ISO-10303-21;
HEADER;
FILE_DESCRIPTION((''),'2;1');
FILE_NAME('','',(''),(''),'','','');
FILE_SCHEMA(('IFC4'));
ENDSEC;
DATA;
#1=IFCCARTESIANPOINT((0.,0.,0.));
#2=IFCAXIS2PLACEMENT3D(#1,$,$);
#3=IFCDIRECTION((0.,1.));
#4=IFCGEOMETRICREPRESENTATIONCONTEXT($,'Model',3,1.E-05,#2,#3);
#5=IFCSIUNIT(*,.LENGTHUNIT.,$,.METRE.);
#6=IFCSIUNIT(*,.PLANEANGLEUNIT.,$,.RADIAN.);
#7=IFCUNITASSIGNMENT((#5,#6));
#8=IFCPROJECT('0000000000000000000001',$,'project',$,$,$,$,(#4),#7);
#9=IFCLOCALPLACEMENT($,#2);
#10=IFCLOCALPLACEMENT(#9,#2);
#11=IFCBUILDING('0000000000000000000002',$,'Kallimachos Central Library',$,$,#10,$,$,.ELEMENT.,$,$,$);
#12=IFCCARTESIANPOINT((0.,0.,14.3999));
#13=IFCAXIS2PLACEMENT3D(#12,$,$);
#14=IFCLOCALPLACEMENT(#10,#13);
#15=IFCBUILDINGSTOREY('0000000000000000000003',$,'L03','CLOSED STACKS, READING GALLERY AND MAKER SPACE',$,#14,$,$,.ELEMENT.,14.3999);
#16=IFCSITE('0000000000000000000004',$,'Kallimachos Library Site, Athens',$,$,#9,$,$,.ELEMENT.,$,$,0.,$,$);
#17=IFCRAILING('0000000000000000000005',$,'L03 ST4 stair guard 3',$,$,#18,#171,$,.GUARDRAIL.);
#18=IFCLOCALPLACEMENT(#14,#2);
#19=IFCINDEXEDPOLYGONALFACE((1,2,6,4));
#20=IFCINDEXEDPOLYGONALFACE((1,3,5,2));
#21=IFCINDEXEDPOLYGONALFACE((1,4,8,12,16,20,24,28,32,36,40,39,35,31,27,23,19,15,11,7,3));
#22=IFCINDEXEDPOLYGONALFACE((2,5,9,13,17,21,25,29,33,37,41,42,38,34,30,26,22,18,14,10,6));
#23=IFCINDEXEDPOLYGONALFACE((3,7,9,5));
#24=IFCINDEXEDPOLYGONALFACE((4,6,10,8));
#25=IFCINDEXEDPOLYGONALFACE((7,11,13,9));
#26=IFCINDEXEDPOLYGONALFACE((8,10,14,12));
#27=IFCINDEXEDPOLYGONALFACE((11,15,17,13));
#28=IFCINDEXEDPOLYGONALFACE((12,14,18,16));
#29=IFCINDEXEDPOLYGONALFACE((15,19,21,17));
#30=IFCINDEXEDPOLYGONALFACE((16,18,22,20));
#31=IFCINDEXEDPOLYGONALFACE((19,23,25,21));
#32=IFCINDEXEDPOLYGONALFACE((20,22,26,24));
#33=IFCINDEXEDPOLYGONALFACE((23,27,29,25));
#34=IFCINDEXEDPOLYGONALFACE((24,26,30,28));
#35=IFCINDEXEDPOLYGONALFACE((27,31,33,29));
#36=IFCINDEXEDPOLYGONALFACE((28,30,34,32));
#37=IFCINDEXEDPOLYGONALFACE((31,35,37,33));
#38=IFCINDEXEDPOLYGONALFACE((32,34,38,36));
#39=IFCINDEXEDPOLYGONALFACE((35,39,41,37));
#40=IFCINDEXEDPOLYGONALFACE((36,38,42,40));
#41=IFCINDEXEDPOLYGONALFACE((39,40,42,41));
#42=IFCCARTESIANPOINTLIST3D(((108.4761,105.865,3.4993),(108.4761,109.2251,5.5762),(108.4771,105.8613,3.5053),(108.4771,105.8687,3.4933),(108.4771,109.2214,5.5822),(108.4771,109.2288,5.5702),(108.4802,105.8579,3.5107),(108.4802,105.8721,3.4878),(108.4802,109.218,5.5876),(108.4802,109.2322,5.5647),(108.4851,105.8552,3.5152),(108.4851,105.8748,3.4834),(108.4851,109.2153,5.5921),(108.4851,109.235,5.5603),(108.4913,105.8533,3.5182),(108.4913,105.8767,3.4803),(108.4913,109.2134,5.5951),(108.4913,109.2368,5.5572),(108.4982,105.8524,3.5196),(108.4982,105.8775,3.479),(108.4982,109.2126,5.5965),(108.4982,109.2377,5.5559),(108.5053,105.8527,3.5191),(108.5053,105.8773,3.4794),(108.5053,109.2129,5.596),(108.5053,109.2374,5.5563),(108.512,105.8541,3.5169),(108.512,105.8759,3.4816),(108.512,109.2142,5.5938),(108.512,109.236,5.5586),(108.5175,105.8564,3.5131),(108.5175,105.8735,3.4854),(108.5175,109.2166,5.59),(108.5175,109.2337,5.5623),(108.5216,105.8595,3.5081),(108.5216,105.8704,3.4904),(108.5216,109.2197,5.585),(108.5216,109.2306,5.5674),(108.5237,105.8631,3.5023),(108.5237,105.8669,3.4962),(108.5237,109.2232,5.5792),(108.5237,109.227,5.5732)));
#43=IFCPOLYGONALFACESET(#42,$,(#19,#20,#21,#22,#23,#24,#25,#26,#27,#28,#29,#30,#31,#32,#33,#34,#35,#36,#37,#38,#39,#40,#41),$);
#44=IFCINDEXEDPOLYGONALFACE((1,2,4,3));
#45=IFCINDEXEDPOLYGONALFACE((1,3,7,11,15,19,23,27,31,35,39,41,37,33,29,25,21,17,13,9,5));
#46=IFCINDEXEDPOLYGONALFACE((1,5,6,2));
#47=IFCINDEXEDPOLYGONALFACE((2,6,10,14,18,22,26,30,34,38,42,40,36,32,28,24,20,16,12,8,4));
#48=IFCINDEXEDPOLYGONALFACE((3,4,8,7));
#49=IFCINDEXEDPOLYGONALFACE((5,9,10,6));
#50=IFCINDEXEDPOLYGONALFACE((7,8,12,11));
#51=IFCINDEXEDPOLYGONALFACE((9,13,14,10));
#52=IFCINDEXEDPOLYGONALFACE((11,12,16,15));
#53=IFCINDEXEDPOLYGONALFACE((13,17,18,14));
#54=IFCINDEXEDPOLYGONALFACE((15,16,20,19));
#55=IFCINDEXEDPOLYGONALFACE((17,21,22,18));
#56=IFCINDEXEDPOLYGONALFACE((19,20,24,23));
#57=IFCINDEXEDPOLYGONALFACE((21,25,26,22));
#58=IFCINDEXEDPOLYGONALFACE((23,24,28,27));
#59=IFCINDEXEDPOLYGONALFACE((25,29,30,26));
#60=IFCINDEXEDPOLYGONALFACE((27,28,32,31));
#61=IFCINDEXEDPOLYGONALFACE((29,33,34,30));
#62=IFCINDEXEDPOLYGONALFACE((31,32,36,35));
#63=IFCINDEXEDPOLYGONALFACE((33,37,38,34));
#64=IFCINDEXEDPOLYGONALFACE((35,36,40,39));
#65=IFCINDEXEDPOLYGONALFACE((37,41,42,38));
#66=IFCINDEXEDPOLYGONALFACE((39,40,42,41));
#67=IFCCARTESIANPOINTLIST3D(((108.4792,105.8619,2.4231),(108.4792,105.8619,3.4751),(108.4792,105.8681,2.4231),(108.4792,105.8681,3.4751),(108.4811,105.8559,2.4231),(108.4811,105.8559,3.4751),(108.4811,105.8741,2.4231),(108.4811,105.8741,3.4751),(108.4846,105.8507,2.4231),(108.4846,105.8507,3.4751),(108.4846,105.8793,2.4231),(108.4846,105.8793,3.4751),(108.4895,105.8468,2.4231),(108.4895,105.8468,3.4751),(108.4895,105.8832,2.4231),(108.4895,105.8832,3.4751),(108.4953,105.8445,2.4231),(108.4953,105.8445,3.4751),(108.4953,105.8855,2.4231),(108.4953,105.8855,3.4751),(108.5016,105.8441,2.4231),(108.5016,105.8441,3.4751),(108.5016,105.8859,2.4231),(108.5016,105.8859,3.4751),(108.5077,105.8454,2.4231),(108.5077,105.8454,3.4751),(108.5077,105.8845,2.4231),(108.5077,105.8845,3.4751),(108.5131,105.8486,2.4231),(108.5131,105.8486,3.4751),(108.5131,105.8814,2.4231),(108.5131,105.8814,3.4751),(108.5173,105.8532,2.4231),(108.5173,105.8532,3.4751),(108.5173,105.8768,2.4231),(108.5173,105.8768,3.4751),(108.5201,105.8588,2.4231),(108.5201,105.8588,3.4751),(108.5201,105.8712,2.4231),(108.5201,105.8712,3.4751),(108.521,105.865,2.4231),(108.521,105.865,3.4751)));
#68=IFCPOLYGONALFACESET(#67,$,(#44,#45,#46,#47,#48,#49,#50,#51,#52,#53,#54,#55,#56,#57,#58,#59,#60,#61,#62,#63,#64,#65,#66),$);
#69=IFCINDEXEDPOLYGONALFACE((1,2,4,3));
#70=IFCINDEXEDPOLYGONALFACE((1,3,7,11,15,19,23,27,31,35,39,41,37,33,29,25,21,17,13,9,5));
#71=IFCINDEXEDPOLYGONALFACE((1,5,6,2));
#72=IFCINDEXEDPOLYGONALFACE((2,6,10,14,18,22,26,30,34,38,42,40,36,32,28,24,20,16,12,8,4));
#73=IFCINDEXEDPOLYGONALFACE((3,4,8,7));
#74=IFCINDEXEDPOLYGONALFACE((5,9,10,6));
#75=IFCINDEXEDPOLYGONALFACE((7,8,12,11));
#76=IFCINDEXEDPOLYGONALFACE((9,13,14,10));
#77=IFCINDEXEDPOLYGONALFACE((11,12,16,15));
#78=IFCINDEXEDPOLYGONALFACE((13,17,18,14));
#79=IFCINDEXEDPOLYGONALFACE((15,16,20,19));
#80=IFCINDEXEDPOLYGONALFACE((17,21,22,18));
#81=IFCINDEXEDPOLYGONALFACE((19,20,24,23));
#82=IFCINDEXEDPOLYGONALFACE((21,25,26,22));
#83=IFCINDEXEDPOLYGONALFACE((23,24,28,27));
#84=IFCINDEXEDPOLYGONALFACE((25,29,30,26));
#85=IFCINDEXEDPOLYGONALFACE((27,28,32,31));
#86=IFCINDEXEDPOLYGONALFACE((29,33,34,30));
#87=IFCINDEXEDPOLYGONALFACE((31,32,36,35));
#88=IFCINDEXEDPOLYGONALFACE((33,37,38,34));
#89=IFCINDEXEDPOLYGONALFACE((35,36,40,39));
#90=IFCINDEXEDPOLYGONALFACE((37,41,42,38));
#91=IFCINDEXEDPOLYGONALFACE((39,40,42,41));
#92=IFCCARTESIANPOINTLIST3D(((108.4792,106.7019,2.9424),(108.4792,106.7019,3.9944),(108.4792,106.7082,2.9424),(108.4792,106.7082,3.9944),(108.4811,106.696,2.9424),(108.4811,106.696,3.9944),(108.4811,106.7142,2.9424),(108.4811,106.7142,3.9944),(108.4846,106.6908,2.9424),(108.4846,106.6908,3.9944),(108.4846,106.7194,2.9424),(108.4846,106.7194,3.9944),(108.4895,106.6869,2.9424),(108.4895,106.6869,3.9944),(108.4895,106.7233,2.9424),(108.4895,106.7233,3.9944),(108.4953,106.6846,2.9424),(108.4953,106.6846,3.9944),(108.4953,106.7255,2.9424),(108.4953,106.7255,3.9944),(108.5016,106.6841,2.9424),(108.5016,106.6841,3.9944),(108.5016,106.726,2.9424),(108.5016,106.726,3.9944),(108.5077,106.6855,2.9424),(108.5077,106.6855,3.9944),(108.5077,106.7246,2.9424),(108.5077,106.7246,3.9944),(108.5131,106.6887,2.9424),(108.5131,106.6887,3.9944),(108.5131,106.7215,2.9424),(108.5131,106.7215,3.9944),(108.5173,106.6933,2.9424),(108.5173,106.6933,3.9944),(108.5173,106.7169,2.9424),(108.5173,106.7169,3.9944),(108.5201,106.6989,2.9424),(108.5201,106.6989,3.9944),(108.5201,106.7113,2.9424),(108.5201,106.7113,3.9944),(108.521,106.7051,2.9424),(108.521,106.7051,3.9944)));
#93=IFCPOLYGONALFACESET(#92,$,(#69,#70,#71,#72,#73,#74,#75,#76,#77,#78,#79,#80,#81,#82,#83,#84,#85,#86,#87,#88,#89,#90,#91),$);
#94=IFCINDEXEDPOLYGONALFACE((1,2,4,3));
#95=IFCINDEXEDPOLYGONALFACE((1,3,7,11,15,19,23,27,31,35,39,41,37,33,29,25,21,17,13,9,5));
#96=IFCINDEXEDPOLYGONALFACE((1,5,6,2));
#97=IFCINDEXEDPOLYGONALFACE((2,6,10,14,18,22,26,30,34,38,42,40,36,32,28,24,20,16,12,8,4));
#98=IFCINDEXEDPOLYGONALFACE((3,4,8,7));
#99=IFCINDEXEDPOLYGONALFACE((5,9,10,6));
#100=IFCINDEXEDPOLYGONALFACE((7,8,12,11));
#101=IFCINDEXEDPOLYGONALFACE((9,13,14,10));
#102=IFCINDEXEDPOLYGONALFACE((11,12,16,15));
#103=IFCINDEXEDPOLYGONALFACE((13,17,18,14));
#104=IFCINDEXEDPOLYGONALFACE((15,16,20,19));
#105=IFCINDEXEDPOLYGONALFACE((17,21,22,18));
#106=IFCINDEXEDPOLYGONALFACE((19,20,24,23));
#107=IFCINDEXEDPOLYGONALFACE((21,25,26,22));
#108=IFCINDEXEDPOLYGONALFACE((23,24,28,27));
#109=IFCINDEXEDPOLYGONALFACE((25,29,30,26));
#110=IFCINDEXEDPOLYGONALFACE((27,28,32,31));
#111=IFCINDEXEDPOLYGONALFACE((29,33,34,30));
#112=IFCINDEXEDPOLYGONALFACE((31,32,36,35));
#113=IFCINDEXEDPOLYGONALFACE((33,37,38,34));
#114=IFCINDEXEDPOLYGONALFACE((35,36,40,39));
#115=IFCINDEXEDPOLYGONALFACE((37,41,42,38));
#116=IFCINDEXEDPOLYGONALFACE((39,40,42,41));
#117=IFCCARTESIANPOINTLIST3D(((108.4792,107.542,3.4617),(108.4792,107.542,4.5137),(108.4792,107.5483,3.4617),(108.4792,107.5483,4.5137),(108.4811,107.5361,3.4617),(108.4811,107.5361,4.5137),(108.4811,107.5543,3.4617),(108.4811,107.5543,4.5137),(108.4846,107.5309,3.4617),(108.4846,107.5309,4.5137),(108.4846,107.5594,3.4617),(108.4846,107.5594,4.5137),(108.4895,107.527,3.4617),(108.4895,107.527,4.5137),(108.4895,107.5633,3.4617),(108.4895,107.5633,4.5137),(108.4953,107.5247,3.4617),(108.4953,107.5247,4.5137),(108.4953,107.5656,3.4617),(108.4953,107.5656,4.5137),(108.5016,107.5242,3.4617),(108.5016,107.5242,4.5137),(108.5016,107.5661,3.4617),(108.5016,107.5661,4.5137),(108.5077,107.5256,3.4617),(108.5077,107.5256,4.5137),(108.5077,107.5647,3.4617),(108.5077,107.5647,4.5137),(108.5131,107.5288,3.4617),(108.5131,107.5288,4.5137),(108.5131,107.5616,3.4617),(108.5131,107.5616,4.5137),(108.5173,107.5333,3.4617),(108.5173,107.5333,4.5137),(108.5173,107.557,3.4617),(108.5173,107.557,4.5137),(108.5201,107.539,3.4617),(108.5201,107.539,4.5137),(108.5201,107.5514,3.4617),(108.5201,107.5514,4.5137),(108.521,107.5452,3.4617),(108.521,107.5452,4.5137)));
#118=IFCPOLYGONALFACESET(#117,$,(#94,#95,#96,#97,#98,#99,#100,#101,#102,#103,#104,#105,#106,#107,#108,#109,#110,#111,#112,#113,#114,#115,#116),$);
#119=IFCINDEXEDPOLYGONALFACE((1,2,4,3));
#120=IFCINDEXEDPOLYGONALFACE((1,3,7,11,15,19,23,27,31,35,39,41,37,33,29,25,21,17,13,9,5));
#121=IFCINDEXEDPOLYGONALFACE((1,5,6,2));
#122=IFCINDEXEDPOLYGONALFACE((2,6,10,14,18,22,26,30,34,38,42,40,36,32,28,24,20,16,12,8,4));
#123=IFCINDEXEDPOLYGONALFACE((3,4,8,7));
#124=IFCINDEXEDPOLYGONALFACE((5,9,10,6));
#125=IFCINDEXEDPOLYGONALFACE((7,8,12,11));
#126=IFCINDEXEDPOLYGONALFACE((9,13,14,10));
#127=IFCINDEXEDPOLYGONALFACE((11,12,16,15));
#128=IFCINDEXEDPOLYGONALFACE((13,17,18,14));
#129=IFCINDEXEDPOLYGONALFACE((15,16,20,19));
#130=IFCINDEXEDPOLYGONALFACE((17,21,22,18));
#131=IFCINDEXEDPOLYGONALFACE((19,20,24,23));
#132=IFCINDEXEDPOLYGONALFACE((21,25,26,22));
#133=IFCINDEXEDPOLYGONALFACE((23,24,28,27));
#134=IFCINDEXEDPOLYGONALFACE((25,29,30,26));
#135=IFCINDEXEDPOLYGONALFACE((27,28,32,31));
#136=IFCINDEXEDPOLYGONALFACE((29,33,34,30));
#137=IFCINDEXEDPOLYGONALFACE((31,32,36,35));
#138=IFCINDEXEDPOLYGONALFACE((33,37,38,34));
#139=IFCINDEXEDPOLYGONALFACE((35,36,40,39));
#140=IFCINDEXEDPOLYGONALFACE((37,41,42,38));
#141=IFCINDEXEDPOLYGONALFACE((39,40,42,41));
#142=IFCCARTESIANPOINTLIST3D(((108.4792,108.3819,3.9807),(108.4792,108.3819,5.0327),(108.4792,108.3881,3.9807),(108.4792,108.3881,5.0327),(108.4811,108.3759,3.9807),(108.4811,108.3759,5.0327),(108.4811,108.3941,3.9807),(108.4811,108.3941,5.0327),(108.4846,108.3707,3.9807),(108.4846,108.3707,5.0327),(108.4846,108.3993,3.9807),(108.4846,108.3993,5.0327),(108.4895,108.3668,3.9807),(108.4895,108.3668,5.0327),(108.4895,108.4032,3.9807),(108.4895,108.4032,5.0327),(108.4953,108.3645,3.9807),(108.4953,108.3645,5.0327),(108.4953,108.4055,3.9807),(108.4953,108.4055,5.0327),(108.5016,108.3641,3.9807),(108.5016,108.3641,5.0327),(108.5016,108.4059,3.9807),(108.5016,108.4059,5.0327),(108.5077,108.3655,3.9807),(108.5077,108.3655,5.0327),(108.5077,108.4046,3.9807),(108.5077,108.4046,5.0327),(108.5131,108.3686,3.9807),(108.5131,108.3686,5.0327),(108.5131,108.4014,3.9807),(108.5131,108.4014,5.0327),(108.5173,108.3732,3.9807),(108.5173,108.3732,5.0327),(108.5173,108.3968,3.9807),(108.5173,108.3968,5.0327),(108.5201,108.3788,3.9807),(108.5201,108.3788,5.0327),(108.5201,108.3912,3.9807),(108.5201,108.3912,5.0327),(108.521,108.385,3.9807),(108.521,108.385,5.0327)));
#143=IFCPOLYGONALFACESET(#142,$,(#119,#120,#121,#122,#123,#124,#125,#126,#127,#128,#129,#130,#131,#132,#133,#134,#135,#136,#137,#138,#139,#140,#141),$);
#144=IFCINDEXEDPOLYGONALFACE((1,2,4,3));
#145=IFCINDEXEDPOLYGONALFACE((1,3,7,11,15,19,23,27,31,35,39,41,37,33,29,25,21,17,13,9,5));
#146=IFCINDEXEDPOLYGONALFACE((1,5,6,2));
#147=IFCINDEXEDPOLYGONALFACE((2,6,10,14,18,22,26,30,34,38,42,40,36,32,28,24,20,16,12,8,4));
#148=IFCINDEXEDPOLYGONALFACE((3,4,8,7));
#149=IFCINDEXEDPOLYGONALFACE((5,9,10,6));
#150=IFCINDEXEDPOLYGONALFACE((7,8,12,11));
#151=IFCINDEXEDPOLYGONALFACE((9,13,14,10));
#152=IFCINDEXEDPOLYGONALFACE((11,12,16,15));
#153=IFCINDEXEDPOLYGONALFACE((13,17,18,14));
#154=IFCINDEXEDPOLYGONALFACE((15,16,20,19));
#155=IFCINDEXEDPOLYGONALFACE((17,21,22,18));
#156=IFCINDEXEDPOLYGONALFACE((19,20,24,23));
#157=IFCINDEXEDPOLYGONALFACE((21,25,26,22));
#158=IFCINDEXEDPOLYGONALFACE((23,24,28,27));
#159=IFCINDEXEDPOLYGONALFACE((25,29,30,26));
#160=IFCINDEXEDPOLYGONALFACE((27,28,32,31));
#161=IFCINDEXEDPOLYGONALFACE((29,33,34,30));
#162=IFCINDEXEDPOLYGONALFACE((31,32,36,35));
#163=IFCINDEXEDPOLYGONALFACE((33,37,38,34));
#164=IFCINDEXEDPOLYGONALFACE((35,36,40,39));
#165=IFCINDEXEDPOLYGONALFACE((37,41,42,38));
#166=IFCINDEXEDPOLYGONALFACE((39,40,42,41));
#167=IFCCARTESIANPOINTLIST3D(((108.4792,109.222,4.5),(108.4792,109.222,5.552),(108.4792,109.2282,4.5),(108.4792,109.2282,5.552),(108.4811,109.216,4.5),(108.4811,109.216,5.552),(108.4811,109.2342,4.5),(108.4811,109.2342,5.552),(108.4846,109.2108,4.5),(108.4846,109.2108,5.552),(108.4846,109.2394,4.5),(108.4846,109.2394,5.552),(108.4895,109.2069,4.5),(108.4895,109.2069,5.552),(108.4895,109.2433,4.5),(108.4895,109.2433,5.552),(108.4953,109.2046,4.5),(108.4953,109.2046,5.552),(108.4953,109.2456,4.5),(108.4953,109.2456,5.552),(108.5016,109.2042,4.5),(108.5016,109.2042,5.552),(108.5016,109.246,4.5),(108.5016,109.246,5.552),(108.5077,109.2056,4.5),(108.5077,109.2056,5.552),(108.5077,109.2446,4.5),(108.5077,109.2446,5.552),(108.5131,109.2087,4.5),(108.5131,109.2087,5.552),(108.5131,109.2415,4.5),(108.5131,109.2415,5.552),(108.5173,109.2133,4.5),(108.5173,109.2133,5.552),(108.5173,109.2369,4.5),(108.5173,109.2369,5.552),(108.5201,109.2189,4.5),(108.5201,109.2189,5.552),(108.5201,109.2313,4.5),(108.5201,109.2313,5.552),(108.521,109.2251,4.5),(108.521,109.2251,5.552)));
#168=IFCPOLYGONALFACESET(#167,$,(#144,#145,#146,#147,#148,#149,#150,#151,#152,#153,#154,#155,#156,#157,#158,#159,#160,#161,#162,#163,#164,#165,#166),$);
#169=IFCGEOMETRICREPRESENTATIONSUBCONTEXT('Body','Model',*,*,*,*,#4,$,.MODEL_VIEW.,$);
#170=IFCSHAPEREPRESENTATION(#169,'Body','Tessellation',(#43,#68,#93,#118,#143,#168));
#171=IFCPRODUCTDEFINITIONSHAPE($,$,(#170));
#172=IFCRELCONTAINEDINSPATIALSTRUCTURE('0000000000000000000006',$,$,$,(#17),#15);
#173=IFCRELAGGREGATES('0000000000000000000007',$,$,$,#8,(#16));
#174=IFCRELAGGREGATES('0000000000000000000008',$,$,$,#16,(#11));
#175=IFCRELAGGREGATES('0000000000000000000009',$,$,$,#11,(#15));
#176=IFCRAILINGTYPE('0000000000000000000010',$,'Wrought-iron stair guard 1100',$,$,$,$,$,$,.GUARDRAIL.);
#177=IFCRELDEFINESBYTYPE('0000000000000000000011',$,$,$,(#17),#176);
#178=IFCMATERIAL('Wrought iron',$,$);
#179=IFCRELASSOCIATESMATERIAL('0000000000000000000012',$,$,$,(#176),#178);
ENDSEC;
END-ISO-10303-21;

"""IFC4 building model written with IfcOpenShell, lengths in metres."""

from ifc_helpers import new_model, si_unit, direction, frame, origin, origin_2d, place, context, subcontext, project, spatial, circle, extrude, material, type_object, element, save


model = new_model("IFC4")

# Units and contexts
model_context = context("Model", 3, precision=1e-05, world=origin(), true_north=direction((0.0, 1.0)))
body_context = subcontext(model_context, "Body", "Model", "MODEL_VIEW")
ifc_project = project(units=[si_unit("LENGTHUNIT", "METRE"), si_unit("PLANEANGLEUNIT", "RADIAN")], contexts=[model_context])

# Site, building, storey
site_placement = place(None, origin())
site = spatial("IfcSite", under=ifc_project, at=site_placement, Name="Kallimachos Library Site, Athens", CompositionType="ELEMENT", RefElevation=0.0)
building_placement = place(site_placement, origin())
building = spatial("IfcBuilding", under=site, at=building_placement, Name="Kallimachos Central Library", CompositionType="ELEMENT")
storey_placement = place(building_placement, frame((0.0, 0.0, 14.3999)))
storey = spatial("IfcBuildingStorey", under=building, at=storey_placement, Name="L03", Description="CLOSED STACKS, READING GALLERY AND MAKER SPACE", CompositionType="ELEMENT", Elevation=14.3999)

# Railing
ifc_material_1 = material(Name="Wrought iron")
railing_type_1 = type_object("IfcRailingType", Name="Wrought-iron stair guard 1100", PredefinedType="GUARDRAIL", material=ifc_material_1)
railing_1_placement = place(storey_placement, frame((108.5, 105.865, 2.4231)))
element("IfcRailing", 1, at=railing_1_placement, inside=storey, type_object=railing_type_1, Name="L03 ST4 stair guard 3", PredefinedType="GUARDRAIL", context=body_context, shape_type="SweptSolid", body=[
    extrude(circle(Radius=0.0239, at=origin_2d()), frame((0.0, 0.0, 1.0762), z_axis=(0.0, 0.850623, 0.525776), x_axis=(-1.0, 0.0, 0.0)), (0.0, 0.0, 1.0), 3.9502),
    extrude(circle(Radius=0.021, at=origin_2d()), origin(), (0.0, 0.0, 1.0), 1.052),
    extrude(circle(Radius=0.021, at=origin_2d()), frame((0.0, 0.8401, 0.5193)), (0.0, 0.0, 1.0), 1.052),
    extrude(circle(Radius=0.021, at=origin_2d()), frame((0.0, 1.6802, 1.0386)), (0.0, 0.0, 1.0), 1.052),
    extrude(circle(Radius=0.021, at=origin_2d()), frame((0.0, 2.52, 1.5576)), (0.0, 0.0, 1.0), 1.052),
    extrude(circle(Radius=0.021, at=origin_2d()), frame((0.0, 3.3601, 2.0769)), (0.0, 0.0, 1.0), 1.052),
])

save(model, "model.ifc")
